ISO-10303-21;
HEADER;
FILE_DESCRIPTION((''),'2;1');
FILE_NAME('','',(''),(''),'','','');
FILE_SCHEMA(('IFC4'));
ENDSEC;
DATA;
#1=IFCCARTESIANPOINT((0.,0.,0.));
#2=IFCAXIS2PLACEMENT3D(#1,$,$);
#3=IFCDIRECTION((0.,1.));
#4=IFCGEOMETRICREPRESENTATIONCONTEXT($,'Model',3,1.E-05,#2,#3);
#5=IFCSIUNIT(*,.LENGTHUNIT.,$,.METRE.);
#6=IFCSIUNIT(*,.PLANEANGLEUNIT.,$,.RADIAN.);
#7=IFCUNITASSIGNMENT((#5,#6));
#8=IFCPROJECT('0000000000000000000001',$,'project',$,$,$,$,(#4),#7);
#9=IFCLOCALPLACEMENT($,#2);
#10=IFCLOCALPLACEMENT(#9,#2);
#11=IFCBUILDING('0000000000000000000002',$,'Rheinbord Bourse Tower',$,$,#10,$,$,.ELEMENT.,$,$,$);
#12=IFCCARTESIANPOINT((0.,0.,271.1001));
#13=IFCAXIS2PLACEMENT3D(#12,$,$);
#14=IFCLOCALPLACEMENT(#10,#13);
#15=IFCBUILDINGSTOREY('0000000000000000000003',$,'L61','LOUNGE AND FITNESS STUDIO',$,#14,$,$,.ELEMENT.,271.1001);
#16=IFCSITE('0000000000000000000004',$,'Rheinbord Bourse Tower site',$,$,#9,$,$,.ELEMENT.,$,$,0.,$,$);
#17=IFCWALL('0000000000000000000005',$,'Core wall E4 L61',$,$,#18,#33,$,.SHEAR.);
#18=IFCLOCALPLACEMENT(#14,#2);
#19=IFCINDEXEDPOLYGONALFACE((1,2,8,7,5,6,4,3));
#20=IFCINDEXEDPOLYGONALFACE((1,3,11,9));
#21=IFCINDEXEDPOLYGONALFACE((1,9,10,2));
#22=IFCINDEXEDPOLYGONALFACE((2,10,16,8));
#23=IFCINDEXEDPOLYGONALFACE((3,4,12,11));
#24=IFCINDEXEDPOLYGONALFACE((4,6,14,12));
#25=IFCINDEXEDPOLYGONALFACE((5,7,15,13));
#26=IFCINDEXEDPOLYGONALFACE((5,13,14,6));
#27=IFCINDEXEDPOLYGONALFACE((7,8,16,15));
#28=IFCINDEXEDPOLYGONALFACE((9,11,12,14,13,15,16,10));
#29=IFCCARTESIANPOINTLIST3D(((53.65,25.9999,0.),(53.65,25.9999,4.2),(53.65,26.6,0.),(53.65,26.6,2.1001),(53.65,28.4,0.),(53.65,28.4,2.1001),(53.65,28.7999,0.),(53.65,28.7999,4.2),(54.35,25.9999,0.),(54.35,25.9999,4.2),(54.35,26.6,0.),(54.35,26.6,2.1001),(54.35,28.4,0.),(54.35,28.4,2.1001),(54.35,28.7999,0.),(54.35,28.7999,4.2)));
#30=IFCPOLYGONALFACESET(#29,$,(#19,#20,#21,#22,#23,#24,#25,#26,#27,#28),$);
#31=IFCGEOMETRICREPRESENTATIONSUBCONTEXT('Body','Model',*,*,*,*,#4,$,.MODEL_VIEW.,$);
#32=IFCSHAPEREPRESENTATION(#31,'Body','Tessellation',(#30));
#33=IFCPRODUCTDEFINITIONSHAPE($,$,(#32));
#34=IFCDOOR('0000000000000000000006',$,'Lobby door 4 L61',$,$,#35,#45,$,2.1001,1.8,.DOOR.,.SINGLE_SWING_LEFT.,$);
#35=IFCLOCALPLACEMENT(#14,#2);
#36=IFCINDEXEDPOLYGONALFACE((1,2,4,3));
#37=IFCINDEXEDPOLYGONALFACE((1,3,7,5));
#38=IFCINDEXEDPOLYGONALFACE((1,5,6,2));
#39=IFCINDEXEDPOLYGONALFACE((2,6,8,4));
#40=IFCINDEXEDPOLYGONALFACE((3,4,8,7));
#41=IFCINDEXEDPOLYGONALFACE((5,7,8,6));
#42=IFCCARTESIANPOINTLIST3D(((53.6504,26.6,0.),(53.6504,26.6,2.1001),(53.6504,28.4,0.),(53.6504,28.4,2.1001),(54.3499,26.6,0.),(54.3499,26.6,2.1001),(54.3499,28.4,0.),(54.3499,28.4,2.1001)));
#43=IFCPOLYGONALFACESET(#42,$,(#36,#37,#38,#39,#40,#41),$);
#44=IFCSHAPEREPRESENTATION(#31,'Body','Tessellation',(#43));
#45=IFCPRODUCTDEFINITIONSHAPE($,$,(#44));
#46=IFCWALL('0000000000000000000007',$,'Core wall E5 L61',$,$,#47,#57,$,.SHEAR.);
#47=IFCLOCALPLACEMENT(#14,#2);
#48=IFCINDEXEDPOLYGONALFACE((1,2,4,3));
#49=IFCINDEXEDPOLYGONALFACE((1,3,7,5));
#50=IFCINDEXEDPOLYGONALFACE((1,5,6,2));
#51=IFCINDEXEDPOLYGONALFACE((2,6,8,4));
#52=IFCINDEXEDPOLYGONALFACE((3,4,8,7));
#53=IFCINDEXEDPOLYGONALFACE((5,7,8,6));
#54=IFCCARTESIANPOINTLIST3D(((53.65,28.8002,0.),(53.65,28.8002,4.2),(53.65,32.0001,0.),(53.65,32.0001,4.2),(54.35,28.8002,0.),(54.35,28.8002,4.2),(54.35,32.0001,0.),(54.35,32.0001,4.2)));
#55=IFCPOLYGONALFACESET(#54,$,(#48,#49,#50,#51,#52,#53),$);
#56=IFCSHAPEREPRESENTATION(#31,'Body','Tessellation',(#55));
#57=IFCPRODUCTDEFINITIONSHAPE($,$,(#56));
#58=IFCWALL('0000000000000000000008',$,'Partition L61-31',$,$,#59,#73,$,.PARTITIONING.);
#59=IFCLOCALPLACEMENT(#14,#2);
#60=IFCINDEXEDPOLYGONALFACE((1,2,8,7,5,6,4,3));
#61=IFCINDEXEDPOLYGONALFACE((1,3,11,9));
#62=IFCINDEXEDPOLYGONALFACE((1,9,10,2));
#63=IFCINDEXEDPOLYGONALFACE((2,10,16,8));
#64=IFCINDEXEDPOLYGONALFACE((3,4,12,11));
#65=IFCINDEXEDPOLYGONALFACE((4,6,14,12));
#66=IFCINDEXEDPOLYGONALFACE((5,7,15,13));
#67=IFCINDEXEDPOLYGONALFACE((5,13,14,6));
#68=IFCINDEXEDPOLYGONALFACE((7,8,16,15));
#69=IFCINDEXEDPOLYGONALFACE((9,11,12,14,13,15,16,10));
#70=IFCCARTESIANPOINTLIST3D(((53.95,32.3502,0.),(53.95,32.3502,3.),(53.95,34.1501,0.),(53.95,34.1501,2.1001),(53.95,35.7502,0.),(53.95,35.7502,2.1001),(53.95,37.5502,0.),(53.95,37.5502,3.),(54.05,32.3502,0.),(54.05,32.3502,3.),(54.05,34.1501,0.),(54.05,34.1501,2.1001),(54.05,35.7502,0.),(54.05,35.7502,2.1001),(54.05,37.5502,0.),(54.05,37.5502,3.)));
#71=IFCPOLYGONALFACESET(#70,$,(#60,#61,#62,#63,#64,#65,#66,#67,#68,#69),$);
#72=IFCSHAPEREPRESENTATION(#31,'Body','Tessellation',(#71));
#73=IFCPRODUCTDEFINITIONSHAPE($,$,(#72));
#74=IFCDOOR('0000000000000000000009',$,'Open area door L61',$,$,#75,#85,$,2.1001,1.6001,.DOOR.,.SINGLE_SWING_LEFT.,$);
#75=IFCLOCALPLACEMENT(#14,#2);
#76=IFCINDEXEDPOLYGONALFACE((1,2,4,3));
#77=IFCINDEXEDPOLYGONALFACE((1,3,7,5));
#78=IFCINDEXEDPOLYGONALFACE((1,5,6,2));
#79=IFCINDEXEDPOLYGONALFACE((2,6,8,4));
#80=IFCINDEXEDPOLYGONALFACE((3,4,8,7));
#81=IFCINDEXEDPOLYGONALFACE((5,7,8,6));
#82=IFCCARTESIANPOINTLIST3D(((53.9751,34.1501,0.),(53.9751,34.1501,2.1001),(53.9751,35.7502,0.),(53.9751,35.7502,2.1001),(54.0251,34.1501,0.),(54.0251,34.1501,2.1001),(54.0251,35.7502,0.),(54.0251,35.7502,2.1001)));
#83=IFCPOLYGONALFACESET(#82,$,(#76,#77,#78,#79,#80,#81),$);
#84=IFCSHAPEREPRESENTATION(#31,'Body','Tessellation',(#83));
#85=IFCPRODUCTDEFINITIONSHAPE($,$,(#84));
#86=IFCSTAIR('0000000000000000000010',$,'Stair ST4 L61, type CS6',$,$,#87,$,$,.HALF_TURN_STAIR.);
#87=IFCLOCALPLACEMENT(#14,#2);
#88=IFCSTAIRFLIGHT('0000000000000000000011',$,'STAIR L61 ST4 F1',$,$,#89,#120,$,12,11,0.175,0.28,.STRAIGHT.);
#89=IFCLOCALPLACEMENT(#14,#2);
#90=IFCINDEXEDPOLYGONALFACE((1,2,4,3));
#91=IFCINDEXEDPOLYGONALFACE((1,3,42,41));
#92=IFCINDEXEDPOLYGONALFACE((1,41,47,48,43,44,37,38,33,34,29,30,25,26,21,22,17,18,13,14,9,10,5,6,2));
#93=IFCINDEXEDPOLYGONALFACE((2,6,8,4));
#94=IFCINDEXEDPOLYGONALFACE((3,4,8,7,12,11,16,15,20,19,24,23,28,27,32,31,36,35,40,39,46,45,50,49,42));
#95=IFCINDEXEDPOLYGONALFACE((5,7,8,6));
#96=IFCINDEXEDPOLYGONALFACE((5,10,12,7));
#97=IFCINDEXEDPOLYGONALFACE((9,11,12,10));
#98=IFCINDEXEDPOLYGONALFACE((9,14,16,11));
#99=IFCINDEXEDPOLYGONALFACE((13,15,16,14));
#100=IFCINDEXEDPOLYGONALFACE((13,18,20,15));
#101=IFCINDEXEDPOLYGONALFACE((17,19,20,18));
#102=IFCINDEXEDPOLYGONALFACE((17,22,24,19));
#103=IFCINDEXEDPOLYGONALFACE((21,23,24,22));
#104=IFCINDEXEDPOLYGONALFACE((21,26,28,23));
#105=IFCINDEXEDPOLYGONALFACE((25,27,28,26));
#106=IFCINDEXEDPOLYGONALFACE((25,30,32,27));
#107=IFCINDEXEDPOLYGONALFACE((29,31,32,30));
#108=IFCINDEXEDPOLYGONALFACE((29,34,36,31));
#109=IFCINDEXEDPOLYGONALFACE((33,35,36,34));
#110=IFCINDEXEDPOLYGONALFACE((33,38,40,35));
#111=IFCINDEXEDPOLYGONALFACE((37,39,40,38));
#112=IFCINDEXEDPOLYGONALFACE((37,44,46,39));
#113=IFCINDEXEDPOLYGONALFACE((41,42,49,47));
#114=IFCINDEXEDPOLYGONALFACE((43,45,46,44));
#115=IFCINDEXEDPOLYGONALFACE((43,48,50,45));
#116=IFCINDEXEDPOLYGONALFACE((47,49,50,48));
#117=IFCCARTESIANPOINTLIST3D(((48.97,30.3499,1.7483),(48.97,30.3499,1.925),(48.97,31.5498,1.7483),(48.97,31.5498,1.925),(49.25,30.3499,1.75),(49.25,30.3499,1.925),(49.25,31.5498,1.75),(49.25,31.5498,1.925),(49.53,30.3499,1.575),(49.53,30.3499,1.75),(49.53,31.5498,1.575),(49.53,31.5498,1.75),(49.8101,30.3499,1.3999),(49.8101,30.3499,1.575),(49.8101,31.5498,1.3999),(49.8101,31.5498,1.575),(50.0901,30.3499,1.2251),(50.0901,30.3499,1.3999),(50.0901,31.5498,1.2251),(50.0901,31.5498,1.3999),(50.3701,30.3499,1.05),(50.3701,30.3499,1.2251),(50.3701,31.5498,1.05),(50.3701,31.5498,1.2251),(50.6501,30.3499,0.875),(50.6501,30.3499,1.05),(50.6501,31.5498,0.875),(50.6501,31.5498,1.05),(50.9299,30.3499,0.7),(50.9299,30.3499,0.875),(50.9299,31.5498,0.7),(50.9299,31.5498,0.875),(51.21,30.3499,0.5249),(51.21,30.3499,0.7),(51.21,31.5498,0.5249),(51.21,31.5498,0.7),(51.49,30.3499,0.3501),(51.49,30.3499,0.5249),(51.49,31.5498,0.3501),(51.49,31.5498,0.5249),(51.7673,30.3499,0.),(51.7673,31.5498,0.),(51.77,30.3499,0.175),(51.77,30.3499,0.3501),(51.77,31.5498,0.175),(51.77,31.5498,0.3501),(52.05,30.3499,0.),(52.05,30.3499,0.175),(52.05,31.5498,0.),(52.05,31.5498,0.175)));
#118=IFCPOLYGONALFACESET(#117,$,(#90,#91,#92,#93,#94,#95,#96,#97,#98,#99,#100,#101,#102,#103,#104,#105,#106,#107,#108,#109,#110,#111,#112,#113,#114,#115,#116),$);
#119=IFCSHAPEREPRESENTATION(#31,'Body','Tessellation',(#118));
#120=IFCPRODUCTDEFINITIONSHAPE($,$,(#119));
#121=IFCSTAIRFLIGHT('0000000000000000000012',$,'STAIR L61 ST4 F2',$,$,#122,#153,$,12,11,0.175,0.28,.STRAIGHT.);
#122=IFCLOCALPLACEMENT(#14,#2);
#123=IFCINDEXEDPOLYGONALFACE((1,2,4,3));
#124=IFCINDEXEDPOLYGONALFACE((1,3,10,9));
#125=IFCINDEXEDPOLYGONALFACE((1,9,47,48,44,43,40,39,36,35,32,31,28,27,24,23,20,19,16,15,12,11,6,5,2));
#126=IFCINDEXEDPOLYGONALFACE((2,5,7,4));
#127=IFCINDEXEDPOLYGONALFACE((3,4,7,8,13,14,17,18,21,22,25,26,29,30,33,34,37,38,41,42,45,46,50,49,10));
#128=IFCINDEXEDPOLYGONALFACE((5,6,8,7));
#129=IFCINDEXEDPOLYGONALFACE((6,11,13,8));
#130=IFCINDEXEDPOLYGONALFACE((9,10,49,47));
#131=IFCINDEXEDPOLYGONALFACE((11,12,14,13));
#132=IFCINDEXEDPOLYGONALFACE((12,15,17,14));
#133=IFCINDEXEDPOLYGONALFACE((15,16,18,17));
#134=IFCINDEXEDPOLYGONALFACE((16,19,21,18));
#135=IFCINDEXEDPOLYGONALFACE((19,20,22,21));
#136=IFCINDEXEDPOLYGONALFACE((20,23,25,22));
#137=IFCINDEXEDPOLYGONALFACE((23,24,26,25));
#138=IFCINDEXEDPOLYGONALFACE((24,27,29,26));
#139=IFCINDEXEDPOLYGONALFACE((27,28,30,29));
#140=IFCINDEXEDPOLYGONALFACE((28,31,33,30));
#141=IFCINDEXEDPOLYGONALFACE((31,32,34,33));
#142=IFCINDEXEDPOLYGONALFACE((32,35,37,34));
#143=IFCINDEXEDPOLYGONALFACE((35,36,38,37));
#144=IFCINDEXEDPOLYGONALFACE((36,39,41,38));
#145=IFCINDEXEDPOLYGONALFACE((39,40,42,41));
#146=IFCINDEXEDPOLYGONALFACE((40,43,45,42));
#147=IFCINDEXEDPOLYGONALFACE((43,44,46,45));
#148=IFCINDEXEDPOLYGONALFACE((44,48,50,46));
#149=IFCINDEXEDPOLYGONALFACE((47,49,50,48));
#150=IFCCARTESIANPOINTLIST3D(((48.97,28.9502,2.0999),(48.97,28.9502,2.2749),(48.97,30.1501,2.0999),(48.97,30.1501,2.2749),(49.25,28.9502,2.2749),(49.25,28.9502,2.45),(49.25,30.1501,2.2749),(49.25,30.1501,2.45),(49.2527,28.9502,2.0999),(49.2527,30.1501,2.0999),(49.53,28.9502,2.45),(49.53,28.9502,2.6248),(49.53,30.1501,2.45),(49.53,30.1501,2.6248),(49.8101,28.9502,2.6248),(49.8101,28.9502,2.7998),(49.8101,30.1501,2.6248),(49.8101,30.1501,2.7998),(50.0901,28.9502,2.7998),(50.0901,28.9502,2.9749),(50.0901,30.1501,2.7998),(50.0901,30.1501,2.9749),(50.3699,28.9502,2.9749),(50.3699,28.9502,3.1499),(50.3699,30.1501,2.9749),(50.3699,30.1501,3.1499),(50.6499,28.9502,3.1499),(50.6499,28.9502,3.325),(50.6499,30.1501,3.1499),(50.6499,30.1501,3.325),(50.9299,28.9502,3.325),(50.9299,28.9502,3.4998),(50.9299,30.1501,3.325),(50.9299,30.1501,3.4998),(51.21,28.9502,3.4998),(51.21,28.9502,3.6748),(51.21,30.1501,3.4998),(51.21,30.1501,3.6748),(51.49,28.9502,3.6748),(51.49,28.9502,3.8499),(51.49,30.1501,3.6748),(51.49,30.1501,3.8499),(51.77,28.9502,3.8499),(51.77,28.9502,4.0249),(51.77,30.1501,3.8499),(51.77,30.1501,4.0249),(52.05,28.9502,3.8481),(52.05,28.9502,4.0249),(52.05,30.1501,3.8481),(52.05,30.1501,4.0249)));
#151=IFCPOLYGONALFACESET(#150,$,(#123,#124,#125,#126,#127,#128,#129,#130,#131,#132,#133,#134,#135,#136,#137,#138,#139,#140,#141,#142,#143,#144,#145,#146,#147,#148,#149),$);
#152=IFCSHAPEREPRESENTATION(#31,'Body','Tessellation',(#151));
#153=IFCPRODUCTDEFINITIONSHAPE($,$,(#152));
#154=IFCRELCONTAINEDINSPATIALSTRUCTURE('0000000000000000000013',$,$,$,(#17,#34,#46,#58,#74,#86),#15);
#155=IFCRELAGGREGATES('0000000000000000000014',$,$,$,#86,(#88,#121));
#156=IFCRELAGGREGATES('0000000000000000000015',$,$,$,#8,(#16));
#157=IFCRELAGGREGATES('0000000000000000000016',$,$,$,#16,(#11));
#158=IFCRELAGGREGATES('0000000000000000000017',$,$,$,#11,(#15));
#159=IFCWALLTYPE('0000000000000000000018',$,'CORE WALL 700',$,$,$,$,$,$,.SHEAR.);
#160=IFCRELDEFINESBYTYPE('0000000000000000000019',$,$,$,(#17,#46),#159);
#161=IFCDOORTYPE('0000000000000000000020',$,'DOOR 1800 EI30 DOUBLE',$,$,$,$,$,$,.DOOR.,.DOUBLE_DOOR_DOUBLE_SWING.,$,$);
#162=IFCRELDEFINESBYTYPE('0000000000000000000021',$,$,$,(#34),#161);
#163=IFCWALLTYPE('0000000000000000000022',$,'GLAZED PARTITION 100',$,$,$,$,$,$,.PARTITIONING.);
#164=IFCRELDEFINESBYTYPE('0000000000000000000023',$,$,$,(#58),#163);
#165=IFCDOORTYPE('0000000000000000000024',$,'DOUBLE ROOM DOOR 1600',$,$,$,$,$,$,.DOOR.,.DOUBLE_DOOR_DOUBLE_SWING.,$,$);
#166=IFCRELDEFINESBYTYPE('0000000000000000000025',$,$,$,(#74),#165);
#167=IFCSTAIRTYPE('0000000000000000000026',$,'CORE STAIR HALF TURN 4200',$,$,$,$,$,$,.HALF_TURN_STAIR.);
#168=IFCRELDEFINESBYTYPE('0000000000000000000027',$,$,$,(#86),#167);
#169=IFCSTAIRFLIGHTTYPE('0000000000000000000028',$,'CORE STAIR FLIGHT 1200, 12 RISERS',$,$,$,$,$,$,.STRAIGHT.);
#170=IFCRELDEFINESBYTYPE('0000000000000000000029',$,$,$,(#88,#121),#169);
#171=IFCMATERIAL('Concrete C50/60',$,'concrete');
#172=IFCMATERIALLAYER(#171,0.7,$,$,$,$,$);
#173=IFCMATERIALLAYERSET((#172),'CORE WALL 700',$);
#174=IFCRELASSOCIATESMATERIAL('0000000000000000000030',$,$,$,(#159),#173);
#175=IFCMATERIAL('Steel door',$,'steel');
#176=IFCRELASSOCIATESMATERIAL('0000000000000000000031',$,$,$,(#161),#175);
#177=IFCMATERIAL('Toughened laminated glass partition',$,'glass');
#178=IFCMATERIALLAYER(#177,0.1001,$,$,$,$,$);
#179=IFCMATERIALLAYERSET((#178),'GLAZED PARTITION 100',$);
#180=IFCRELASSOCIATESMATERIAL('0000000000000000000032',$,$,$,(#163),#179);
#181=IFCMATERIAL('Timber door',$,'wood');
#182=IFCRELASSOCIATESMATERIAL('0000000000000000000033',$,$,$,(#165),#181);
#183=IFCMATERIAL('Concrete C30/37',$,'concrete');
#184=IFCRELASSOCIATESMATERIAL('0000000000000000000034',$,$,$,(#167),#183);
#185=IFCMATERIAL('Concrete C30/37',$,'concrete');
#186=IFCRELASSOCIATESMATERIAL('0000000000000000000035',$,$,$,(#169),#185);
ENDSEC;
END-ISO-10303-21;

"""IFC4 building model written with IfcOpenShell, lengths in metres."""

from ifc_helpers import new_model, si_unit, direction, frame, frame_2d, origin, place, context, subcontext, project, spatial, polyline, rectangle, outline, extrude, material, layer, layer_set, type_object, element, fill, aggregate, save


model = new_model("IFC4")

# Units and contexts
model_context = context("Model", 3, precision=1e-05, world=origin(), true_north=direction((0.0, 1.0)))
body_context = subcontext(model_context, "Body", "Model", "MODEL_VIEW")
ifc_project = project(units=[si_unit("LENGTHUNIT", "METRE"), si_unit("PLANEANGLEUNIT", "RADIAN")], contexts=[model_context])

# Site, building, storey
site_placement = place(None, origin())
site = spatial("IfcSite", under=ifc_project, at=site_placement, Name="Rheinbord Bourse Tower site", CompositionType="ELEMENT", RefElevation=0.0)
building_placement = place(site_placement, origin())
building = spatial("IfcBuilding", under=site, at=building_placement, Name="Rheinbord Bourse Tower", CompositionType="ELEMENT")
storey_placement = place(building_placement, frame((0.0, 0.0, 271.1001)))
storey = spatial("IfcBuildingStorey", under=building, at=storey_placement, Name="L61", Description="LOUNGE AND FITNESS STUDIO", CompositionType="ELEMENT", Elevation=271.1001)

# Shared definitions
ifc_material_1 = material(Name="Concrete C50/60", Category="concrete")
ifc_layer_1 = layer(ifc_material_1, 0.7)
ifc_layer_set_1 = layer_set([ifc_layer_1], Name="CORE WALL 700")
wall_type_1 = type_object("IfcWallType", Name="CORE WALL 700", PredefinedType="SHEAR", material=ifc_layer_set_1)

# Wall, opening, door
wall_1_placement = place(storey_placement, frame((54.0, 26.0, 0.0), z_axis=(0.0, 0.0, 1.0), x_axis=(0.0, 1.0, 0.0)))
wall_1 = element("IfcWall", 1, at=wall_1_placement, inside=storey, type_object=wall_type_1, Name="Core wall E4 L61", PredefinedType="SHEAR", context=body_context, shape_type="SweptSolid", body=[
    extrude(rectangle(XDim=2.8, YDim=0.7, at=frame_2d((1.3999, 0.0))), origin(), (0.0, 0.0, 1.0), 4.2),
])
opening_1_placement = place(wall_1_placement, frame((0.6001, 0.0, 0.0)))
opening_1 = element("IfcOpeningElement", 2, at=opening_1_placement, cuts=wall_1, PredefinedType="OPENING", context=body_context, shape_type="SweptSolid", body=[
    extrude(rectangle(XDim=1.8, YDim=2.1001, at=frame_2d((0.8999, 1.05))), frame((0.0, 0.3599, 0.0), z_axis=(0.0, -1.0, 0.0), x_axis=(1.0, 0.0, 0.0)), (0.0, 0.0, 1.0), 0.72),
])
ifc_material_2 = material(Name="Steel door", Category="steel")
door_type_1 = type_object("IfcDoorType", Name="DOOR 1800 EI30 DOUBLE", OperationType="DOUBLE_DOOR_DOUBLE_SWING", PredefinedType="DOOR", material=ifc_material_2)
door_1_placement = place(opening_1_placement, origin())
door_1 = element("IfcDoor", 3, at=door_1_placement, inside=storey, type_object=door_type_1, Name="Lobby door 4 L61", OperationType="SINGLE_SWING_LEFT", OverallHeight=2.1001, OverallWidth=1.8, PredefinedType="DOOR", context=body_context, shape_type="SweptSolid", body=[
    extrude(rectangle(XDim=1.8, YDim=2.1001, at=frame_2d((0.8999, 1.05))), frame((0.0, 0.3496, 0.0), z_axis=(0.0, -1.0, 0.0), x_axis=(1.0, 0.0, 0.0)), (0.0, 0.0, 1.0), 0.6995),
])
fill(opening_1, door_1)

# Wall
wall_2_placement = place(storey_placement, frame((54.0, 28.8, 0.0), z_axis=(0.0, 0.0, 1.0), x_axis=(0.0, 1.0, 0.0)))
element("IfcWall", 4, at=wall_2_placement, inside=storey, type_object=wall_type_1, Name="Core wall E5 L61", PredefinedType="SHEAR", context=body_context, shape_type="SweptSolid", body=[
    extrude(rectangle(XDim=3.2, YDim=0.7, at=frame_2d((1.6001, 0.0))), origin(), (0.0, 0.0, 1.0), 4.2),
])

# Wall, opening, door
ifc_material_3 = material(Name="Toughened laminated glass partition", Category="glass")
ifc_layer_2 = layer(ifc_material_3, 0.1001)
ifc_layer_set_2 = layer_set([ifc_layer_2], Name="GLAZED PARTITION 100")
wall_type_2 = type_object("IfcWallType", Name="GLAZED PARTITION 100", PredefinedType="PARTITIONING", material=ifc_layer_set_2)
wall_3_placement = place(storey_placement, frame((54.0, 32.3501, 0.0), z_axis=(0.0, 0.0, 1.0), x_axis=(0.0, 1.0, 0.0)))
wall_3 = element("IfcWall", 5, at=wall_3_placement, inside=storey, type_object=wall_type_2, Name="Partition L61-31", PredefinedType="PARTITIONING", context=body_context, shape_type="SweptSolid", body=[
    extrude(rectangle(XDim=5.2, YDim=0.1001, at=frame_2d((2.6001, 0.0))), origin(), (0.0, 0.0, 1.0), 3.0),
])
opening_2_placement = place(wall_3_placement, frame((1.8, 0.0, 0.0)))
opening_2 = element("IfcOpeningElement", 6, at=opening_2_placement, cuts=wall_3, PredefinedType="OPENING", context=body_context, shape_type="SweptSolid", body=[
    extrude(rectangle(XDim=1.6001, YDim=2.1001, at=frame_2d((0.8, 1.05))), frame((0.0, 0.0601, 0.0), z_axis=(0.0, -1.0, 0.0), x_axis=(1.0, 0.0, 0.0)), (0.0, 0.0, 1.0), 0.1201),
])
ifc_material_4 = material(Name="Timber door", Category="wood")
door_type_2 = type_object("IfcDoorType", Name="DOUBLE ROOM DOOR 1600", OperationType="DOUBLE_DOOR_DOUBLE_SWING", PredefinedType="DOOR", material=ifc_material_4)
door_2_placement = place(opening_2_placement, origin())
door_2 = element("IfcDoor", 7, at=door_2_placement, inside=storey, type_object=door_type_2, Name="Open area door L61", OperationType="SINGLE_SWING_LEFT", OverallHeight=2.1001, OverallWidth=1.6001, PredefinedType="DOOR", context=body_context, shape_type="SweptSolid", body=[
    extrude(rectangle(XDim=1.6001, YDim=2.1001, at=frame_2d((0.8, 1.05))), frame((0.0, 0.0249, 0.0), z_axis=(0.0, -1.0, 0.0), x_axis=(1.0, 0.0, 0.0)), (0.0, 0.0, 1.0), 0.05),
])
fill(opening_2, door_2)

# Stair, stair flights
ifc_material_5 = material(Name="Concrete C30/37", Category="concrete")
stair_type = type_object("IfcStairType", Name="CORE STAIR HALF TURN 4200", PredefinedType="HALF_TURN_STAIR", material=ifc_material_5)
stair_placement = place(storey_placement, origin())
stair = element("IfcStair", 8, at=stair_placement, inside=storey, type_object=stair_type, Name="Stair ST4 L61, type CS6", PredefinedType="HALF_TURN_STAIR")
ifc_material_6 = material(Name="Concrete C30/37", Category="concrete")
stair_flight_type = type_object("IfcStairFlightType", Name="CORE STAIR FLIGHT 1200, 12 RISERS", PredefinedType="STRAIGHT", material=ifc_material_6)
stair_flight_1_placement = place(storey_placement, frame((52.05, 30.95, 0.0), z_axis=(0.0, 0.0, 1.0), x_axis=(-1.0, 0.0, 0.0)))
stair_flight_1 = element("IfcStairFlight", 9, at=stair_flight_1_placement, type_object=stair_flight_type, Name="STAIR L61 ST4 F1", NumberOfRisers=12, NumberOfTreads=11, PredefinedType="STRAIGHT", RiserHeight=0.175, TreadLength=0.28, context=body_context, shape_type="SweptSolid", body=[
    extrude(outline(polyline([(0.0, 0.0), (0.0, 0.175), (0.28, 0.175), (0.28, 0.3501), (0.5601, 0.3501), (0.5601, 0.5249), (0.8401, 0.5249), (0.8401, 0.7), (1.1201, 0.7), (1.1201, 0.875), (1.3999, 0.875), (1.3999, 1.05), (1.6799, 1.05), (1.6799, 1.2251), (1.96, 1.2251), (1.96, 1.3999), (2.24, 1.3999), (2.24, 1.575), (2.52, 1.575), (2.52, 1.75), (2.8, 1.75), (2.8, 1.925), (3.0801, 1.925), (3.0801, 2.1001), (3.0801, 1.7483), (0.2827, 0.0), (0.0, 0.0)])), frame((0.0, 0.6001, 0.0), z_axis=(0.0, -1.0, 0.0), x_axis=(1.0, 0.0, 0.0)), (0.0, 0.0, 1.0), 1.2),
])
stair_flight_2_placement = place(storey_placement, frame((48.97, 29.55, 2.0999), z_axis=(0.0, 0.0, 1.0), x_axis=(1.0, 0.0, 0.0)))
stair_flight_2 = element("IfcStairFlight", 10, at=stair_flight_2_placement, type_object=stair_flight_type, Name="STAIR L61 ST4 F2", NumberOfRisers=12, NumberOfTreads=11, PredefinedType="STRAIGHT", RiserHeight=0.175, TreadLength=0.28, context=body_context, shape_type="SweptSolid", body=[
    extrude(outline(polyline([(0.0, 0.0), (0.0, 0.175), (0.28, 0.175), (0.28, 0.3501), (0.5601, 0.3501), (0.5601, 0.5249), (0.8401, 0.5249), (0.8401, 0.7), (1.1201, 0.7), (1.1201, 0.875), (1.3999, 0.875), (1.3999, 1.05), (1.6799, 1.05), (1.6799, 1.2251), (1.96, 1.2251), (1.96, 1.3999), (2.24, 1.3999), (2.24, 1.575), (2.52, 1.575), (2.52, 1.75), (2.8, 1.75), (2.8, 1.925), (3.0801, 1.925), (3.0801, 2.1001), (3.0801, 1.7483), (0.2827, 0.0), (0.0, 0.0)])), frame((0.0, 0.6001, 0.0), z_axis=(0.0, -1.0, 0.0), x_axis=(1.0, 0.0, 0.0)), (0.0, 0.0, 1.0), 1.2),
])
aggregate(stair, [stair_flight_1, stair_flight_2])

save(model, "model.ifc")
